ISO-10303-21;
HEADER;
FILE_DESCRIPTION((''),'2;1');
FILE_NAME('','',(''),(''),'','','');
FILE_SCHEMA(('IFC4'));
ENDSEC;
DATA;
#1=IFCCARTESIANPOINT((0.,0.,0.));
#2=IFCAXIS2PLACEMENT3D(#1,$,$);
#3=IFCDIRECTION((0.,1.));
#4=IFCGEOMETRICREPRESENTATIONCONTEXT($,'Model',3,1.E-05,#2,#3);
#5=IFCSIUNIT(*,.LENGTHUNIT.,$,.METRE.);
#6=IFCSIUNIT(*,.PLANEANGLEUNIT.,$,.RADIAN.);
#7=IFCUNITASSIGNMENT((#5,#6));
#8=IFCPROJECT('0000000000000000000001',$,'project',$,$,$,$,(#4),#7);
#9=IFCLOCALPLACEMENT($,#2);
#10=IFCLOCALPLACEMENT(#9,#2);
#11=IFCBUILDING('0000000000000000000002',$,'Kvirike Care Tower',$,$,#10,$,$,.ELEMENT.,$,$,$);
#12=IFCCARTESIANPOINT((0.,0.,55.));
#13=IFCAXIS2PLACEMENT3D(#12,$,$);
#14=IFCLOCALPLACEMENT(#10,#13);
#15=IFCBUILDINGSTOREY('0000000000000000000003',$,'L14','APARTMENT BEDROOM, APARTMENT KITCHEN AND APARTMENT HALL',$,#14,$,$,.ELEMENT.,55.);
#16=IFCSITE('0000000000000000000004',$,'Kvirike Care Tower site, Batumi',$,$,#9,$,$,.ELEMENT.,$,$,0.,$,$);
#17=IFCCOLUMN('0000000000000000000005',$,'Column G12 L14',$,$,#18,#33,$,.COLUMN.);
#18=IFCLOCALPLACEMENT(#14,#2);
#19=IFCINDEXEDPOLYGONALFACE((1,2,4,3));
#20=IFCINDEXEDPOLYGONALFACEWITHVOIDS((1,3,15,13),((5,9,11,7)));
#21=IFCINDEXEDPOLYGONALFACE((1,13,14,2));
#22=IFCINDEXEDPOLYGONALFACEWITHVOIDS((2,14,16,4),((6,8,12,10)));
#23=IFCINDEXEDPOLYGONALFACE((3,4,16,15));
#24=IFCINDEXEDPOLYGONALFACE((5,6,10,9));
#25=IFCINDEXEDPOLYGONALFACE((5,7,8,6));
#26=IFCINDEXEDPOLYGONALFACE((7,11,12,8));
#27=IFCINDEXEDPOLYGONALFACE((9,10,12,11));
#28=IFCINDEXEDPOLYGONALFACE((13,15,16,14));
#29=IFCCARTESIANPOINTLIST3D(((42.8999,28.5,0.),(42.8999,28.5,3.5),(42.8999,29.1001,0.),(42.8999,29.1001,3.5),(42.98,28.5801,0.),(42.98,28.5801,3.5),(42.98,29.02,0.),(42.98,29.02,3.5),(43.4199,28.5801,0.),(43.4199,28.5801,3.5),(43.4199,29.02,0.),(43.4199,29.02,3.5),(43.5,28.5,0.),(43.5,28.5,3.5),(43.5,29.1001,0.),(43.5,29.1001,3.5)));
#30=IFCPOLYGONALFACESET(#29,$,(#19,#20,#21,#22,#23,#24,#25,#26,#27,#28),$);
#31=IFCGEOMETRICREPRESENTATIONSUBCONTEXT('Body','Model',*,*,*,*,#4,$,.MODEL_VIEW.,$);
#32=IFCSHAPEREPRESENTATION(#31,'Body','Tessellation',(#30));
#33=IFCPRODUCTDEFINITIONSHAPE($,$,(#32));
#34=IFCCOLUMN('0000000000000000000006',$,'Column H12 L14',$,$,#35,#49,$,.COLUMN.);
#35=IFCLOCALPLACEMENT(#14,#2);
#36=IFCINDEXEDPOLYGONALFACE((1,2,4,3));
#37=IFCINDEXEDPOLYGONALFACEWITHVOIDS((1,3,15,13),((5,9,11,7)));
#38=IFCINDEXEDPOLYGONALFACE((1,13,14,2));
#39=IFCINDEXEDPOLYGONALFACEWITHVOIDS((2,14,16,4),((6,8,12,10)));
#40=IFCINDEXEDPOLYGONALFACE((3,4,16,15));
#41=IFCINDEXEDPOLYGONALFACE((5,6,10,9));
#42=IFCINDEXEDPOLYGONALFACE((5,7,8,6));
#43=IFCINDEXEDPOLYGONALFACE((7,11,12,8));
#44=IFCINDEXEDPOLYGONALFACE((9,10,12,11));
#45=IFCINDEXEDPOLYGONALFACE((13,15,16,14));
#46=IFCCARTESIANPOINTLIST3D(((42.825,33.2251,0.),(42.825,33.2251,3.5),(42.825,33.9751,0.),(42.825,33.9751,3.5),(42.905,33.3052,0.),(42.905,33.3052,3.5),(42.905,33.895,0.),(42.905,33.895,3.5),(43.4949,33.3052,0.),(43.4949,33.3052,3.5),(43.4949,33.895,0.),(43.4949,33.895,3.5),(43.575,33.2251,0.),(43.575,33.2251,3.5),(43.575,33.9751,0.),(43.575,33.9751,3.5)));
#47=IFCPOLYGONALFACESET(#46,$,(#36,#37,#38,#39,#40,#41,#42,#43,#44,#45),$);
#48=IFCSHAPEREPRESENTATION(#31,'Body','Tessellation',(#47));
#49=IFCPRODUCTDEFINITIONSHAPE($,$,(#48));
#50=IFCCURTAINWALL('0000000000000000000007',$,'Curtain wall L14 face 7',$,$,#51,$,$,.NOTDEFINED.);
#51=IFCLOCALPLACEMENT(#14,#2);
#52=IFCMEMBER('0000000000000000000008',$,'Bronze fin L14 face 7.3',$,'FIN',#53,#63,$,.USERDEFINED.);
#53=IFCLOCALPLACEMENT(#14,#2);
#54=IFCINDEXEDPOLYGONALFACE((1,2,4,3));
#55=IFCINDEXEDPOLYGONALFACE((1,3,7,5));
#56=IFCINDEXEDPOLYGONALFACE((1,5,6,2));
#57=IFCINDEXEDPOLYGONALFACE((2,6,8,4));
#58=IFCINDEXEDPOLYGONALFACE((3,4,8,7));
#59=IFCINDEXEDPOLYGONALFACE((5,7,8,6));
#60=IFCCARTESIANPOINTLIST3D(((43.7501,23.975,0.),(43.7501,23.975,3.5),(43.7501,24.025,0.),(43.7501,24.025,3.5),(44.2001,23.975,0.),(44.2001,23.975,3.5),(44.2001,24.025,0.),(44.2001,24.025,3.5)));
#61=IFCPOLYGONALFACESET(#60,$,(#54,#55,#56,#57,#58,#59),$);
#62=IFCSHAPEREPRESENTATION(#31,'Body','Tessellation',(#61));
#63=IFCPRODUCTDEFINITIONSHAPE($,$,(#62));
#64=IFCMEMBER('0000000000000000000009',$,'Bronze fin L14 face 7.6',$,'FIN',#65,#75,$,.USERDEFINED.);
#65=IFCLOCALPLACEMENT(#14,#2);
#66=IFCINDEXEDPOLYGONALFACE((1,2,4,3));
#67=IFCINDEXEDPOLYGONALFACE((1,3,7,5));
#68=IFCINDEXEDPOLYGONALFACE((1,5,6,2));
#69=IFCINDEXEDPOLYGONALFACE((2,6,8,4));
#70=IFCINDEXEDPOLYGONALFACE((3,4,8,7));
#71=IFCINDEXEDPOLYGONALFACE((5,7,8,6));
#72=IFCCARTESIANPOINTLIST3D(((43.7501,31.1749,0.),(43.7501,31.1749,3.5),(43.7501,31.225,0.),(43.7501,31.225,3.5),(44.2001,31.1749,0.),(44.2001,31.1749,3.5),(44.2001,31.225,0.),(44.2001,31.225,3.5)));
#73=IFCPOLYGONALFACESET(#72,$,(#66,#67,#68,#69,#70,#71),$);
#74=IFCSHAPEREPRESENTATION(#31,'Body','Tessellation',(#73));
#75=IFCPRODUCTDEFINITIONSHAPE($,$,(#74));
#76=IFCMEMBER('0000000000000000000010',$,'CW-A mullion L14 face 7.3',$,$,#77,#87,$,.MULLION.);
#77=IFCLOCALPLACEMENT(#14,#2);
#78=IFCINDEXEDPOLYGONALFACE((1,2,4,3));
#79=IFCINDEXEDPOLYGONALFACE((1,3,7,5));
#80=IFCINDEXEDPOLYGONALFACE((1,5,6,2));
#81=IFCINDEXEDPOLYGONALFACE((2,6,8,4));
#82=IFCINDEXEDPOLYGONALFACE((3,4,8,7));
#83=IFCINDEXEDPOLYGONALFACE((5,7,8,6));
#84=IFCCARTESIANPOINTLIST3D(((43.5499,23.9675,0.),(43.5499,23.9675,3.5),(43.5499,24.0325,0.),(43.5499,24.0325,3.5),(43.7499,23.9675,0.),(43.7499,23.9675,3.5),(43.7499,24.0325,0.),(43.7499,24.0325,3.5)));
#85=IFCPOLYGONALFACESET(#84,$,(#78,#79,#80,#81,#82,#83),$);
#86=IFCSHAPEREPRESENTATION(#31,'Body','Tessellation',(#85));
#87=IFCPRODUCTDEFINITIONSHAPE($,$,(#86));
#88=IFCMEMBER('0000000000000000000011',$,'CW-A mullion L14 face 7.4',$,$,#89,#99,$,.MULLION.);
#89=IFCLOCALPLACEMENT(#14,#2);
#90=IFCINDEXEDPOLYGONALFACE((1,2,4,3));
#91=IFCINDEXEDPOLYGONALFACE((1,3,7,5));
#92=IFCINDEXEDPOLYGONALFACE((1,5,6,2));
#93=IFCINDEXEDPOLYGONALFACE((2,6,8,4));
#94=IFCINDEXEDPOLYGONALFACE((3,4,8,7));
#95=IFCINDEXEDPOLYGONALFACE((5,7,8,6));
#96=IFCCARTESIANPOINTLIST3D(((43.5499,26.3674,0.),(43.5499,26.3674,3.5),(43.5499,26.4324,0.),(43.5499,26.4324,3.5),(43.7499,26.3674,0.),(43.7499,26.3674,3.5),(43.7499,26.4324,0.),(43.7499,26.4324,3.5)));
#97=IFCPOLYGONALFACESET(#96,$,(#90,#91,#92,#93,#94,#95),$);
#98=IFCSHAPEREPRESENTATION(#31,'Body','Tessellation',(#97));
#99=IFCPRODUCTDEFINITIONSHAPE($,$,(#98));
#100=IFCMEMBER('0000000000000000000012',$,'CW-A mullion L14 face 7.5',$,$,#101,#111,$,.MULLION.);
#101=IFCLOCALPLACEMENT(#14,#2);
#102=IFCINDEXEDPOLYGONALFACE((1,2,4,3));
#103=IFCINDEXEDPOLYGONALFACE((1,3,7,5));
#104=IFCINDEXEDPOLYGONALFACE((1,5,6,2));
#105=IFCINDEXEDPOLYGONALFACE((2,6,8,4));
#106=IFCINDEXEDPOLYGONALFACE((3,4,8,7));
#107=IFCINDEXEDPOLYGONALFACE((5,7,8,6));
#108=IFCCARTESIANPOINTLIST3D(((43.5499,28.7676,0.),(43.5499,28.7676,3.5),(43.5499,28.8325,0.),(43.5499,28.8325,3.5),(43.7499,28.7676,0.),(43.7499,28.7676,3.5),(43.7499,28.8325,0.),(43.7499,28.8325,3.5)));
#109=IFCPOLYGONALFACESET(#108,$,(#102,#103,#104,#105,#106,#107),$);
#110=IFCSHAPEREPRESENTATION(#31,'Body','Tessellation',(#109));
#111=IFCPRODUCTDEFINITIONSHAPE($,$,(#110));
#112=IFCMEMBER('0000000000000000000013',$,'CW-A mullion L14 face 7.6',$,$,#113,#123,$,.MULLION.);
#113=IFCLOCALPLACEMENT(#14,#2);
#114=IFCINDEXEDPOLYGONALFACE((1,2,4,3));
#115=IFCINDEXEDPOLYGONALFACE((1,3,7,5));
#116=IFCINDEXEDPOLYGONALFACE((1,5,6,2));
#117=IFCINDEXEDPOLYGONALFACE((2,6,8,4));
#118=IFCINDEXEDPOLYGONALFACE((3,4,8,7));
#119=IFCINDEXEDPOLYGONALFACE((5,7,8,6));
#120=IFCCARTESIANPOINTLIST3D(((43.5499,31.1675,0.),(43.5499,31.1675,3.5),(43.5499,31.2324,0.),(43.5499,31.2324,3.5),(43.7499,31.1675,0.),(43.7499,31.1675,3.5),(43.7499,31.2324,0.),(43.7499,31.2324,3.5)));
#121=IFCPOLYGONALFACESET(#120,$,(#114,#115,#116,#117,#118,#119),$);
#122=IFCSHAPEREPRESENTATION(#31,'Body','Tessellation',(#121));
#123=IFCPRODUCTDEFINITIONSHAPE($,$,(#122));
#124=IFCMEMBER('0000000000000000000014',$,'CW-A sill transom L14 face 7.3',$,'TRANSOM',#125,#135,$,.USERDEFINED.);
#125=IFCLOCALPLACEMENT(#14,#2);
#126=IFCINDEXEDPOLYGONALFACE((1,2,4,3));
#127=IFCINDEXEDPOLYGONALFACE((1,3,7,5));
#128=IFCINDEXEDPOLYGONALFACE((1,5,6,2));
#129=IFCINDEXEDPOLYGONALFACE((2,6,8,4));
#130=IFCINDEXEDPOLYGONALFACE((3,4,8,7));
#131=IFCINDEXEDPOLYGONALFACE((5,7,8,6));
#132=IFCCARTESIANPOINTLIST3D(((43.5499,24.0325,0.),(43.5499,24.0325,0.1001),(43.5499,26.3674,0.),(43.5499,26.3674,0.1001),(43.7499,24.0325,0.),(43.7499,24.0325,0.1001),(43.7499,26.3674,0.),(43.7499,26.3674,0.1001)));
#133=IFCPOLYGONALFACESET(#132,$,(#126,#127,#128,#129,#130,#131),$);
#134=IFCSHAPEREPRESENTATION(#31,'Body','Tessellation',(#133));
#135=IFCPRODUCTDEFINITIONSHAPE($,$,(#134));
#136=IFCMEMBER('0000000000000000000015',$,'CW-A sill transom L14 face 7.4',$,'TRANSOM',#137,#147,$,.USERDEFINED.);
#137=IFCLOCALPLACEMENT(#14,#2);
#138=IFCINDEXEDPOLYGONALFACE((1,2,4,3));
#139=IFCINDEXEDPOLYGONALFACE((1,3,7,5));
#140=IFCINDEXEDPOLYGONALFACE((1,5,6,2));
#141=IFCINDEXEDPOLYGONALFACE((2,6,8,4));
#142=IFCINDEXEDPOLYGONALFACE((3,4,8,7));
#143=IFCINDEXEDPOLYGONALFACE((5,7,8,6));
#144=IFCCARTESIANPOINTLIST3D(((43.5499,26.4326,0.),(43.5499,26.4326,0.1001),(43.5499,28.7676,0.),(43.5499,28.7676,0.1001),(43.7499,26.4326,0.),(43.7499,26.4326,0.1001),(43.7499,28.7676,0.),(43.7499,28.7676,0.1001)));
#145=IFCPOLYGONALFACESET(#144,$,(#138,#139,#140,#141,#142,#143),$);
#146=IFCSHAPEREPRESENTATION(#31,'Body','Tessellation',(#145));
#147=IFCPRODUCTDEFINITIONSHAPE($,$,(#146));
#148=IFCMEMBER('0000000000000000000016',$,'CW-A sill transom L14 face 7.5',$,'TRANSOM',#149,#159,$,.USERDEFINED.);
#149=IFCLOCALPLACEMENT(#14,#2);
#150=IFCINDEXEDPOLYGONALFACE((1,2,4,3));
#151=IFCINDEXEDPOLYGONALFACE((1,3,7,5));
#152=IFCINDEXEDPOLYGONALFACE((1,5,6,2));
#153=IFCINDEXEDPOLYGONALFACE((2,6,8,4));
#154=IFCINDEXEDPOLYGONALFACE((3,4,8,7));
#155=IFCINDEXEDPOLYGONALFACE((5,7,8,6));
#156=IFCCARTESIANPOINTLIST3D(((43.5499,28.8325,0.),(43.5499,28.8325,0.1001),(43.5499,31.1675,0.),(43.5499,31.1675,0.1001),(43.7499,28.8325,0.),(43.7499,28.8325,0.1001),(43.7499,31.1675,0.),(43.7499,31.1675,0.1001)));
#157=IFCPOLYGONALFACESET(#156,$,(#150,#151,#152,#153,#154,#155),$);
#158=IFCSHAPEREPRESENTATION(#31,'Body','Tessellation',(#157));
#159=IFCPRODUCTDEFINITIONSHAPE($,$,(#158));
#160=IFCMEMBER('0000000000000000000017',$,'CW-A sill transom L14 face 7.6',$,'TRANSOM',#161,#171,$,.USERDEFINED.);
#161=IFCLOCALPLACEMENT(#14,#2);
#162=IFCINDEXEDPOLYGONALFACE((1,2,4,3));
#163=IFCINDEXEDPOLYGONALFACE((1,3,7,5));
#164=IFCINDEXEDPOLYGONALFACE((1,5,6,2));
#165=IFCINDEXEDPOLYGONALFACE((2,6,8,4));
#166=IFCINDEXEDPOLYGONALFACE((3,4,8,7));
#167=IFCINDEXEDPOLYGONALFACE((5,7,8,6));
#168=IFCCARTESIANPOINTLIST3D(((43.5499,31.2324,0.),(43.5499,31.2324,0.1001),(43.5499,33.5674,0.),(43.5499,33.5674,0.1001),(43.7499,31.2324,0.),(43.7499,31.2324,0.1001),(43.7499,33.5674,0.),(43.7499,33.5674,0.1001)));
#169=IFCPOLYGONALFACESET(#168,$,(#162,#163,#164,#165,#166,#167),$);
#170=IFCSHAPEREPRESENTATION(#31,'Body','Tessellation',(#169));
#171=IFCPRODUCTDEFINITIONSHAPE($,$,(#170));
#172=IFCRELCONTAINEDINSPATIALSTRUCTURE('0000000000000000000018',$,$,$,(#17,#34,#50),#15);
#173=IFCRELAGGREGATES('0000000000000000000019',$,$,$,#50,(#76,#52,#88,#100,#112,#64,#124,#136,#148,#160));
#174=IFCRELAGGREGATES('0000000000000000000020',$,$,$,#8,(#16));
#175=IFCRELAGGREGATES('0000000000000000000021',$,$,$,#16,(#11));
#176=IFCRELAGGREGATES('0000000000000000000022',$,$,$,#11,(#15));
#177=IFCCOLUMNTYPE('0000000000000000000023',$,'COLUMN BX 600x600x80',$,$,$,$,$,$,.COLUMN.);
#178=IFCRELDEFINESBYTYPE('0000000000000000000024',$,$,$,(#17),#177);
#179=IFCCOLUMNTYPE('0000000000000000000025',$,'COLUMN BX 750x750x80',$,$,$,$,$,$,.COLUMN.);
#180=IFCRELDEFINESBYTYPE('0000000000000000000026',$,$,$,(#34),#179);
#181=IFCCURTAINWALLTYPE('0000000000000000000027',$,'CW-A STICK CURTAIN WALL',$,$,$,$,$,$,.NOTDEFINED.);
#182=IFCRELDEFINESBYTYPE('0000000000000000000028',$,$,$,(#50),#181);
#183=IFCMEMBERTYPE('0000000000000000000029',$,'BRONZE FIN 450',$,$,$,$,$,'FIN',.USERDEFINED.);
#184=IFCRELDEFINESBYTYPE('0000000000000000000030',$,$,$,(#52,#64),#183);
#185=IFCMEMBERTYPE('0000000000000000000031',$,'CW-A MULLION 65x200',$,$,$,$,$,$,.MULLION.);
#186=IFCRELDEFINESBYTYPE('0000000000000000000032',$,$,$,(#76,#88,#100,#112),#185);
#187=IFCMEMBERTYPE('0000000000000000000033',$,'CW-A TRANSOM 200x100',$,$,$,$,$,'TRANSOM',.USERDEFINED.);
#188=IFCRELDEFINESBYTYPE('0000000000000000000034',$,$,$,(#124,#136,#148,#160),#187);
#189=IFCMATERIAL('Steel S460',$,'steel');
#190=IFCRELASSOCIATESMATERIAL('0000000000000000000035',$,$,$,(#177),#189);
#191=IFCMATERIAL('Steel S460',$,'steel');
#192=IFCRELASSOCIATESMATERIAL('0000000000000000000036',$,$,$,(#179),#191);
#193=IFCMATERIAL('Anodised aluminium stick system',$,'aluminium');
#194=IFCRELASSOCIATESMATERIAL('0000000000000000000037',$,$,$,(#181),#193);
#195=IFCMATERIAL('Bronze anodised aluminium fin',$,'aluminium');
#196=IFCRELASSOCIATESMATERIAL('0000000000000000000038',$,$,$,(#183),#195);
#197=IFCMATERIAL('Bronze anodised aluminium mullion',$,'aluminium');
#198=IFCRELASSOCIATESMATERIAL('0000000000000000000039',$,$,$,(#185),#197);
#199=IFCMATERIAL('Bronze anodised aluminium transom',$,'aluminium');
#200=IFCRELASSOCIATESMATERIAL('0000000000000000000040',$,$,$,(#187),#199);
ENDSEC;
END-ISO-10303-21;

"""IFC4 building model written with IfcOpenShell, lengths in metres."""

from ifc_helpers import new_model, si_unit, direction, frame, origin, origin_2d, place, context, subcontext, project, spatial, rectangle, hollow_rectangle, extrude, material, material_profile, profile_set, type_object, element, aggregate, save


model = new_model("IFC4")

# Units and contexts
model_context = context("Model", 3, precision=1e-05, world=origin(), true_north=direction((0.0, 1.0)))
body_context = subcontext(model_context, "Body", "Model", "MODEL_VIEW")
ifc_project = project(units=[si_unit("LENGTHUNIT", "METRE"), si_unit("PLANEANGLEUNIT", "RADIAN")], contexts=[model_context])

# Site, building, storey
site_placement = place(None, origin())
site = spatial("IfcSite", under=ifc_project, at=site_placement, Name="Kvirike Care Tower site, Batumi", CompositionType="ELEMENT", RefElevation=0.0)
building_placement = place(site_placement, origin())
building = spatial("IfcBuilding", under=site, at=building_placement, Name="Kvirike Care Tower", CompositionType="ELEMENT")
storey_placement = place(building_placement, frame((0.0, 0.0, 55.0)))
storey = spatial("IfcBuildingStorey", under=building, at=storey_placement, Name="L14", Description="APARTMENT BEDROOM, APARTMENT KITCHEN AND APARTMENT HALL", CompositionType="ELEMENT", Elevation=55.0)

# Columns
ifc_material_1 = material(Name="Steel S460", Category="steel")
ifc_material_profile_1 = material_profile(ifc_material_1, hollow_rectangle(XDim=0.6001, YDim=0.6001, WallThickness=0.0801, at=origin_2d()), Name="BX 600x600x80")
ifc_profile_set_1 = profile_set([ifc_material_profile_1], Name="Steel S460")
column_type_1 = type_object("IfcColumnType", Name="COLUMN BX 600x600x80", PredefinedType="COLUMN", material=ifc_profile_set_1)
column_1_placement = place(storey_placement, frame((43.2, 28.8, 0.0), z_axis=(0.0, 0.0, 1.0), x_axis=(0.0, 1.0, 0.0)))
element("IfcColumn", 1, at=column_1_placement, inside=storey, type_object=column_type_1, Name="Column G12 L14", PredefinedType="COLUMN", context=body_context, shape_type="SweptSolid", body=[
    extrude(hollow_rectangle(XDim=0.6001, YDim=0.6001, WallThickness=0.0801, at=origin_2d()), origin(), (0.0, 0.0, 1.0), 3.5),
])
ifc_material_2 = material(Name="Steel S460", Category="steel")
ifc_material_profile_2 = material_profile(ifc_material_2, hollow_rectangle(XDim=0.75, YDim=0.75, WallThickness=0.0801, at=origin_2d()), Name="BX 750x750x80")
ifc_profile_set_2 = profile_set([ifc_material_profile_2], Name="Steel S460")
column_type_2 = type_object("IfcColumnType", Name="COLUMN BX 750x750x80", PredefinedType="COLUMN", material=ifc_profile_set_2)
column_2_placement = place(storey_placement, frame((43.2, 33.6001, 0.0), z_axis=(0.0, 0.0, 1.0), x_axis=(1.0, 0.0, 0.0)))
element("IfcColumn", 2, at=column_2_placement, inside=storey, type_object=column_type_2, Name="Column H12 L14", PredefinedType="COLUMN", context=body_context, shape_type="SweptSolid", body=[
    extrude(hollow_rectangle(XDim=0.75, YDim=0.75, WallThickness=0.0801, at=origin_2d()), origin(), (0.0, 0.0, 1.0), 3.5),
])

# Curtain wall, members
ifc_material_3 = material(Name="Anodised aluminium stick system", Category="aluminium")
curtain_wall_type = type_object("IfcCurtainWallType", Name="CW-A STICK CURTAIN WALL", PredefinedType="NOTDEFINED", material=ifc_material_3)
curtain_wall_placement = place(storey_placement, origin())
curtain_wall = element("IfcCurtainWall", 3, at=curtain_wall_placement, inside=storey, type_object=curtain_wall_type, Name="Curtain wall L14 face 7", PredefinedType="NOTDEFINED")
ifc_material_4 = material(Name="Bronze anodised aluminium fin", Category="aluminium")
ifc_material_profile_3 = material_profile(ifc_material_4, rectangle(XDim=0.05, YDim=0.45, at=origin_2d()), Name="BRONZE FIN 450")
ifc_profile_set_3 = profile_set([ifc_material_profile_3], Name="Bronze anodised aluminium fin")
member_type_1 = type_object("IfcMemberType", Name="BRONZE FIN 450", ElementType="FIN", PredefinedType="USERDEFINED", material=ifc_profile_set_3)
member_1_placement = place(storey_placement, frame((43.9751, 24.0, 0.0), z_axis=(0.0, 0.0, 1.0), x_axis=(0.0, 1.0, 0.0)))
member_1 = element("IfcMember", 4, at=member_1_placement, type_object=member_type_1, Name="Bronze fin L14 face 7.3", ObjectType="FIN", PredefinedType="USERDEFINED", context=body_context, shape_type="SweptSolid", body=[
    extrude(rectangle(XDim=0.05, YDim=0.45, at=origin_2d()), origin(), (0.0, 0.0, 1.0), 3.5),
])
member_2_placement = place(storey_placement, frame((43.9751, 31.2, 0.0), z_axis=(0.0, 0.0, 1.0), x_axis=(0.0, 1.0, 0.0)))
member_2 = element("IfcMember", 5, at=member_2_placement, type_object=member_type_1, Name="Bronze fin L14 face 7.6", ObjectType="FIN", PredefinedType="USERDEFINED", context=body_context, shape_type="SweptSolid", body=[
    extrude(rectangle(XDim=0.05, YDim=0.45, at=origin_2d()), origin(), (0.0, 0.0, 1.0), 3.5),
])
ifc_material_5 = material(Name="Bronze anodised aluminium mullion", Category="aluminium")
ifc_material_profile_4 = material_profile(ifc_material_5, rectangle(XDim=0.0649, YDim=0.2, at=origin_2d()), Name="CW-A MULLION 65x200")
ifc_profile_set_4 = profile_set([ifc_material_profile_4], Name="Bronze anodised aluminium mullion")
member_type_2 = type_object("IfcMemberType", Name="CW-A MULLION 65x200", PredefinedType="MULLION", material=ifc_profile_set_4)
member_3_placement = place(storey_placement, frame((43.6499, 24.0, 0.0), z_axis=(0.0, 0.0, 1.0), x_axis=(0.0, 1.0, 0.0)))
member_3 = element("IfcMember", 6, at=member_3_placement, type_object=member_type_2, Name="CW-A mullion L14 face 7.3", PredefinedType="MULLION", context=body_context, shape_type="SweptSolid", body=[
    extrude(rectangle(XDim=0.0649, YDim=0.2, at=origin_2d()), origin(), (0.0, 0.0, 1.0), 3.5),
])
member_4_placement = place(storey_placement, frame((43.6499, 26.3999, 0.0), z_axis=(0.0, 0.0, 1.0), x_axis=(0.0, 1.0, 0.0)))
member_4 = element("IfcMember", 7, at=member_4_placement, type_object=member_type_2, Name="CW-A mullion L14 face 7.4", PredefinedType="MULLION", context=body_context, shape_type="SweptSolid", body=[
    extrude(rectangle(XDim=0.0649, YDim=0.2, at=origin_2d()), origin(), (0.0, 0.0, 1.0), 3.5),
])
member_5_placement = place(storey_placement, frame((43.6499, 28.8, 0.0), z_axis=(0.0, 0.0, 1.0), x_axis=(0.0, 1.0, 0.0)))
member_5 = element("IfcMember", 8, at=member_5_placement, type_object=member_type_2, Name="CW-A mullion L14 face 7.5", PredefinedType="MULLION", context=body_context, shape_type="SweptSolid", body=[
    extrude(rectangle(XDim=0.0649, YDim=0.2, at=origin_2d()), origin(), (0.0, 0.0, 1.0), 3.5),
])
member_6_placement = place(storey_placement, frame((43.6499, 31.2, 0.0), z_axis=(0.0, 0.0, 1.0), x_axis=(0.0, 1.0, 0.0)))
member_6 = element("IfcMember", 9, at=member_6_placement, type_object=member_type_2, Name="CW-A mullion L14 face 7.6", PredefinedType="MULLION", context=body_context, shape_type="SweptSolid", body=[
    extrude(rectangle(XDim=0.0649, YDim=0.2, at=origin_2d()), origin(), (0.0, 0.0, 1.0), 3.5),
])
ifc_material_6 = material(Name="Bronze anodised aluminium transom", Category="aluminium")
ifc_material_profile_5 = material_profile(ifc_material_6, rectangle(XDim=0.2, YDim=0.1001, at=origin_2d()), Name="CW-A TRANSOM 200x100")
ifc_profile_set_5 = profile_set([ifc_material_profile_5], Name="Bronze anodised aluminium transom")
member_type_3 = type_object("IfcMemberType", Name="CW-A TRANSOM 200x100", ElementType="TRANSOM", PredefinedType="USERDEFINED", material=ifc_profile_set_5)
member_7_placement = place(storey_placement, frame((43.6499, 24.0325, 0.05), z_axis=(0.0, 1.0, 0.0), x_axis=(-1.0, 0.0, 0.0)))
member_7 = element("IfcMember", 10, at=member_7_placement, type_object=member_type_3, Name="CW-A sill transom L14 face 7.3", ObjectType="TRANSOM", PredefinedType="USERDEFINED", context=body_context, shape_type="SweptSolid", body=[
    extrude(rectangle(XDim=0.2, YDim=0.1001, at=origin_2d()), origin(), (0.0, 0.0, 1.0), 2.335),
])
member_8_placement = place(storey_placement, frame((43.6499, 26.4326, 0.05), z_axis=(0.0, 1.0, 0.0), x_axis=(-1.0, 0.0, 0.0)))
member_8 = element("IfcMember", 11, at=member_8_placement, type_object=member_type_3, Name="CW-A sill transom L14 face 7.4", ObjectType="TRANSOM", PredefinedType="USERDEFINED", context=body_context, shape_type="SweptSolid", body=[
    extrude(rectangle(XDim=0.2, YDim=0.1001, at=origin_2d()), origin(), (0.0, 0.0, 1.0), 2.335),
])
member_9_placement = place(storey_placement, frame((43.6499, 28.8325, 0.05), z_axis=(0.0, 1.0, 0.0), x_axis=(-1.0, 0.0, 0.0)))
member_9 = element("IfcMember", 12, at=member_9_placement, type_object=member_type_3, Name="CW-A sill transom L14 face 7.5", ObjectType="TRANSOM", PredefinedType="USERDEFINED", context=body_context, shape_type="SweptSolid", body=[
    extrude(rectangle(XDim=0.2, YDim=0.1001, at=origin_2d()), origin(), (0.0, 0.0, 1.0), 2.335),
])
member_10_placement = place(storey_placement, frame((43.6499, 31.2324, 0.05), z_axis=(0.0, 1.0, 0.0), x_axis=(-1.0, 0.0, 0.0)))
member_10 = element("IfcMember", 13, at=member_10_placement, type_object=member_type_3, Name="CW-A sill transom L14 face 7.6", ObjectType="TRANSOM", PredefinedType="USERDEFINED", context=body_context, shape_type="SweptSolid", body=[
    extrude(rectangle(XDim=0.2, YDim=0.1001, at=origin_2d()), origin(), (0.0, 0.0, 1.0), 2.335),
])

aggregate(curtain_wall, [member_3, member_1, member_4, member_5, member_6, member_2, member_7, member_8, member_9, member_10])

save(model, "model.ifc")
